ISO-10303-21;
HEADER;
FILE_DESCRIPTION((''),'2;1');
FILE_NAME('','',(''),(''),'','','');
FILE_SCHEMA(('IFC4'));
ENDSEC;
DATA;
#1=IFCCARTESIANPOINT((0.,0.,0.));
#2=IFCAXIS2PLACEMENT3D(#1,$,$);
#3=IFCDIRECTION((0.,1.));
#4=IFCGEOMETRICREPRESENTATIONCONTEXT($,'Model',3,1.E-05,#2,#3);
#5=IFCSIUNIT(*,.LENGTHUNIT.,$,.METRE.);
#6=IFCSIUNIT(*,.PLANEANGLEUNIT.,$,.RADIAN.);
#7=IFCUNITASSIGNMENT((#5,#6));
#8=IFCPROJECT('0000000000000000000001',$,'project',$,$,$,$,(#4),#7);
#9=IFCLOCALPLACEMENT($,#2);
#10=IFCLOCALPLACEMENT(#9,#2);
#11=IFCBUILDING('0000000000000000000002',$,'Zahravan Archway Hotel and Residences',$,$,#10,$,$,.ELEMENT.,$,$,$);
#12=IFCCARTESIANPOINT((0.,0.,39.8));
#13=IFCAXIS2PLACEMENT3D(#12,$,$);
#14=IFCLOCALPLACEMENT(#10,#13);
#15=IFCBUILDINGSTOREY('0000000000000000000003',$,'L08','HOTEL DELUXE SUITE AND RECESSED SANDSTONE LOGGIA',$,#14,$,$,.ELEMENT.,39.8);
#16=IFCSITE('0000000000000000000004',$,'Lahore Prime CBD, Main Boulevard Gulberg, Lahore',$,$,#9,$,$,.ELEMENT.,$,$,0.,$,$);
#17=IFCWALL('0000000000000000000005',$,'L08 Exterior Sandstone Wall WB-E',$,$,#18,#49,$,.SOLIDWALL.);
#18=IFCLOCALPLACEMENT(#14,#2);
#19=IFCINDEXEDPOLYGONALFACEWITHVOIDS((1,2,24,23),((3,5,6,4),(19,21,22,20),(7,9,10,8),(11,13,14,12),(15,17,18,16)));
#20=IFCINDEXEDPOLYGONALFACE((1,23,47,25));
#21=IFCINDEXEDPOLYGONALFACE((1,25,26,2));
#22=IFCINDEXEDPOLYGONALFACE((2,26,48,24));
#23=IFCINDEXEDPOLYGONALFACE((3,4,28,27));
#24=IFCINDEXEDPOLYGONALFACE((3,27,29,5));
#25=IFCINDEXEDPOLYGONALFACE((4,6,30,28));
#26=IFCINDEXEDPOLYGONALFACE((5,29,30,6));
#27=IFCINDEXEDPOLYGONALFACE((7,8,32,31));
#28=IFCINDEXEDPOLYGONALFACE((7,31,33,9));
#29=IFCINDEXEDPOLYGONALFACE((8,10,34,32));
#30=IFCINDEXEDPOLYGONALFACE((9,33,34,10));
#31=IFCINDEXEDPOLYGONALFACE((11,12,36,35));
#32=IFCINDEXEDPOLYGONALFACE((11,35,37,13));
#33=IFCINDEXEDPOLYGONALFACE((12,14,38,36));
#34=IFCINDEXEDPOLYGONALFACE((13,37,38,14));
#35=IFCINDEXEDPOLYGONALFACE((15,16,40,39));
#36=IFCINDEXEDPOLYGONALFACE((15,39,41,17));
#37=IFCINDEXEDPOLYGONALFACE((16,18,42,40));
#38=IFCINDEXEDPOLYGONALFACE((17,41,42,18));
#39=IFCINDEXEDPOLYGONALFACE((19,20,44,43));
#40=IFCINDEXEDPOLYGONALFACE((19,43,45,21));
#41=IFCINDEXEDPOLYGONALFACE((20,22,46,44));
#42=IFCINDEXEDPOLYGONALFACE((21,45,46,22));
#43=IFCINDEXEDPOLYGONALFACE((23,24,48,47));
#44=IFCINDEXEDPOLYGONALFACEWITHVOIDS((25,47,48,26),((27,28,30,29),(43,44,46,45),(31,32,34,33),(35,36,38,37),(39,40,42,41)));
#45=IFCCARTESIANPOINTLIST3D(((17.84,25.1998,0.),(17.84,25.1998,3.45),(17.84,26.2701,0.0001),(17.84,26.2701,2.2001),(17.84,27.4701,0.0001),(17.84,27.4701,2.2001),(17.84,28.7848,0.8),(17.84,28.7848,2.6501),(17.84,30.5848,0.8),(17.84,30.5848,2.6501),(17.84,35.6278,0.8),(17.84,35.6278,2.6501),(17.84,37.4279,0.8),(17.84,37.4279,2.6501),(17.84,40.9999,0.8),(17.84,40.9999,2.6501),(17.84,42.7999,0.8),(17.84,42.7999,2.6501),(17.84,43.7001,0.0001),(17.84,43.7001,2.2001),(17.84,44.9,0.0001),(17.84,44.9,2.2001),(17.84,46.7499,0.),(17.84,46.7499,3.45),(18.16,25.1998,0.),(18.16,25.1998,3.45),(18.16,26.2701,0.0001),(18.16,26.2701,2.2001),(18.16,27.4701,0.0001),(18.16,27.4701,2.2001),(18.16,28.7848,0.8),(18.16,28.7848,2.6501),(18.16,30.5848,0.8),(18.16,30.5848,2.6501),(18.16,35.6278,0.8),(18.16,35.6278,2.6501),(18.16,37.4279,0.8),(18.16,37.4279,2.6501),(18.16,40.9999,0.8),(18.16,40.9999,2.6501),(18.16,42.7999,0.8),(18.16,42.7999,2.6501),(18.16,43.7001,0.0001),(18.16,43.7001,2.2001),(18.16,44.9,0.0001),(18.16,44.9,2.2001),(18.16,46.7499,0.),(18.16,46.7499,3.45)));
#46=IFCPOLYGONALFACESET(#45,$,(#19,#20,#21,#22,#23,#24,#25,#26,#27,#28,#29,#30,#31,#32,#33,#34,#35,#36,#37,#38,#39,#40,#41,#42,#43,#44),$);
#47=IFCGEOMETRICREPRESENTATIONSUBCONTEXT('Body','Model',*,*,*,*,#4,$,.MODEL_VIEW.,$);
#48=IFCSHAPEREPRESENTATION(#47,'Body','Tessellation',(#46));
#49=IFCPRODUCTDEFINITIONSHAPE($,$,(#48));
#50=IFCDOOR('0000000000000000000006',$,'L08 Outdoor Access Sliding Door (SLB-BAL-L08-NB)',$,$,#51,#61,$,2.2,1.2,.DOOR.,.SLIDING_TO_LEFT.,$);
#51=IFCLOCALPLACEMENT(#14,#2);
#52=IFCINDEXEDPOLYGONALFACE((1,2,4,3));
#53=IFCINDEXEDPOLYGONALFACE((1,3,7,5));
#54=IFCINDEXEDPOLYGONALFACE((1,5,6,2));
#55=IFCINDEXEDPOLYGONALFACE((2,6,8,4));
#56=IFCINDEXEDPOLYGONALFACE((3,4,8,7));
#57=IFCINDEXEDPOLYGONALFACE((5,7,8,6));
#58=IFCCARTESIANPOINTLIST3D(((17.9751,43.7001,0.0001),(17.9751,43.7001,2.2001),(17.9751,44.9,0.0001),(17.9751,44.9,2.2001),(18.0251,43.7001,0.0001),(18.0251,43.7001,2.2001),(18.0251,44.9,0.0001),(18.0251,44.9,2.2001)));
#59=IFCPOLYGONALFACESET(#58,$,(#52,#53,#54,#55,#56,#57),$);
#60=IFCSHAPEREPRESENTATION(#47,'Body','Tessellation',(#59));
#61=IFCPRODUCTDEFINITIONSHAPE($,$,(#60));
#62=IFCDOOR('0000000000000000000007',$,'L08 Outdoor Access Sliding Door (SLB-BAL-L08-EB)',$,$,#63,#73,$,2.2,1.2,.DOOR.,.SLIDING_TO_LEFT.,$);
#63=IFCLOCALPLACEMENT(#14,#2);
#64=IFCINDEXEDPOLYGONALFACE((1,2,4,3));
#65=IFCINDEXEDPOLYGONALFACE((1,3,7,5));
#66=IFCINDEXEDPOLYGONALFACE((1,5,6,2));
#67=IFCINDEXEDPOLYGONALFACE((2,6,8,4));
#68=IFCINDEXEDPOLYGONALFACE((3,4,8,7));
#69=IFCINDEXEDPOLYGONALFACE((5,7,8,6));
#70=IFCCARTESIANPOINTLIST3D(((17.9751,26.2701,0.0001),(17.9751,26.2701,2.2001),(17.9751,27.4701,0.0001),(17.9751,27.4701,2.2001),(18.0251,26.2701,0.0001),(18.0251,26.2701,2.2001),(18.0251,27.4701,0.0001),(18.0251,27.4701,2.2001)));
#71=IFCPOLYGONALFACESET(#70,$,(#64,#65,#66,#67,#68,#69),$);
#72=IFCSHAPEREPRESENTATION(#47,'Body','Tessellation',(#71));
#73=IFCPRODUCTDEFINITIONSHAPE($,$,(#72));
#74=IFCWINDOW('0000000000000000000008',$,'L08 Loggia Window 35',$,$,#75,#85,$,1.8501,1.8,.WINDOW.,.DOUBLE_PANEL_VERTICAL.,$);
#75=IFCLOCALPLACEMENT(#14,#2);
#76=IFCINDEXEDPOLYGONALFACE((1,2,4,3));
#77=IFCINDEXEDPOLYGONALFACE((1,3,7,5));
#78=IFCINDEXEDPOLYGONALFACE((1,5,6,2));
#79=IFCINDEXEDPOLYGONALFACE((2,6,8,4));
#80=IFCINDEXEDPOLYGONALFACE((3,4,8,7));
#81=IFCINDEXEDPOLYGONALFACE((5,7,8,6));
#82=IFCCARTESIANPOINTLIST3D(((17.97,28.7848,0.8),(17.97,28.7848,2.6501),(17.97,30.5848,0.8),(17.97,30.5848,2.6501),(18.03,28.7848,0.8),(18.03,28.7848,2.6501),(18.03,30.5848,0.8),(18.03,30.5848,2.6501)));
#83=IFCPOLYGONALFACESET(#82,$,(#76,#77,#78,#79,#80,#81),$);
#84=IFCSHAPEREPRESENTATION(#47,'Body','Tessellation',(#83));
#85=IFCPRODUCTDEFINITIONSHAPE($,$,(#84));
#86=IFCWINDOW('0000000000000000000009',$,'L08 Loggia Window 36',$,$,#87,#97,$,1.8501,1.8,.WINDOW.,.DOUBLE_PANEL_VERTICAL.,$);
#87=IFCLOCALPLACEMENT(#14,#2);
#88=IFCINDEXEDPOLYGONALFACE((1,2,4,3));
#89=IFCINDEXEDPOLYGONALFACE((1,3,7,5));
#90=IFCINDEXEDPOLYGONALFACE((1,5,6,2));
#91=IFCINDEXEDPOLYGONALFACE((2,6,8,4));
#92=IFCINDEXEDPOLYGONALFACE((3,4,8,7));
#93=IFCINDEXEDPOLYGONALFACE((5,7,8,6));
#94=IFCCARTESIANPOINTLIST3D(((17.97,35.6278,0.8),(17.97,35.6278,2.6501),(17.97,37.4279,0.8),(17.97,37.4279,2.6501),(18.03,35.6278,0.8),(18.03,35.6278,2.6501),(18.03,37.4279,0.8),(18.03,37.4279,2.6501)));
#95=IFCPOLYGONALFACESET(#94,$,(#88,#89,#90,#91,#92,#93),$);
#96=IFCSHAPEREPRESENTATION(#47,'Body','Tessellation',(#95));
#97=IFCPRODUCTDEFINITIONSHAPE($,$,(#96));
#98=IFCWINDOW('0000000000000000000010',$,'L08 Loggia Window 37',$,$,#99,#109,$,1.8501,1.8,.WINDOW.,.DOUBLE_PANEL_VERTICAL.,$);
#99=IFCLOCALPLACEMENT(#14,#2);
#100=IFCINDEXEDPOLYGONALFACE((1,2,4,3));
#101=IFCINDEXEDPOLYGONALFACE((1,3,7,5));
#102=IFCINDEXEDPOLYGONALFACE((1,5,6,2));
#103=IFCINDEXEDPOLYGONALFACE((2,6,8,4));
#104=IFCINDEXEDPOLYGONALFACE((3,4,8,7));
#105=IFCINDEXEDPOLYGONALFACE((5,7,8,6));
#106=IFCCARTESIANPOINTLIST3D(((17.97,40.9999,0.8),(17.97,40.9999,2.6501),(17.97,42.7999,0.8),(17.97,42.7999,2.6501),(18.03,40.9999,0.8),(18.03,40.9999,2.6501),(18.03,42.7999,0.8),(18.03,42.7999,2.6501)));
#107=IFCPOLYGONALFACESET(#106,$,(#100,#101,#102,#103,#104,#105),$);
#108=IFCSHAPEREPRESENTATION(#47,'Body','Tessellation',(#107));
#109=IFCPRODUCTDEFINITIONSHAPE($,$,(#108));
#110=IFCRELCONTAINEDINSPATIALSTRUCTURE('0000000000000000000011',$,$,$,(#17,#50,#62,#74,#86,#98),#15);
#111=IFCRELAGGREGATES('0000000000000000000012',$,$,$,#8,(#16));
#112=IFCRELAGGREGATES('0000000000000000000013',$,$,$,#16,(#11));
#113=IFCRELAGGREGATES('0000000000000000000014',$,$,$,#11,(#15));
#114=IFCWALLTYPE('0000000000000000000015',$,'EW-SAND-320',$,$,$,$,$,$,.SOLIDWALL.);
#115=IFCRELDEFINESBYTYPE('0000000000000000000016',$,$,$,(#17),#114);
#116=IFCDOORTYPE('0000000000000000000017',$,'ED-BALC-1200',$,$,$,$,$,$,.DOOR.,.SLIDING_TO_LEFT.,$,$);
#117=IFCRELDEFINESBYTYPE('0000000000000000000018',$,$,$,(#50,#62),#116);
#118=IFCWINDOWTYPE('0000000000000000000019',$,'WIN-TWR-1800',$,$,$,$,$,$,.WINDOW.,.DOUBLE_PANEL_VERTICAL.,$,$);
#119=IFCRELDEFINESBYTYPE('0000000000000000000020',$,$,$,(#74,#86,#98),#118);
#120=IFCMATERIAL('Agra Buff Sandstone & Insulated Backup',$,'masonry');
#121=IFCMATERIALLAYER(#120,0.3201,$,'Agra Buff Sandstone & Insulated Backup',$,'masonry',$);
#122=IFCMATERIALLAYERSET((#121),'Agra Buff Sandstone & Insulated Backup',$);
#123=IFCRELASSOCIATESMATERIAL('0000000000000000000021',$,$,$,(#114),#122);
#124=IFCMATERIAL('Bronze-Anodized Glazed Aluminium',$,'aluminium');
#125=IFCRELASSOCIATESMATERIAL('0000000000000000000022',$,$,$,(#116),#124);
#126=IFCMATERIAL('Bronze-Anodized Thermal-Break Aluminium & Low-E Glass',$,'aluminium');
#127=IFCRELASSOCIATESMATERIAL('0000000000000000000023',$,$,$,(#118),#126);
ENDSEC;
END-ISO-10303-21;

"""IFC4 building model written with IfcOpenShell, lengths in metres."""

from ifc_helpers import new_model, si_unit, direction, frame, frame_2d, origin, place, context, subcontext, project, spatial, rectangle, extrude, source, transform, mapped, material, layer, layer_set, type_object, type_shapes, element, fill, save


model = new_model("IFC4")

# Units and contexts
model_context = context("Model", 3, precision=1e-05, world=origin(), true_north=direction((0.0, 1.0)))
body_context = subcontext(model_context, "Body", "Model", "MODEL_VIEW")
ifc_project = project(units=[si_unit("LENGTHUNIT", "METRE"), si_unit("PLANEANGLEUNIT", "RADIAN")], contexts=[model_context])

# Site, building, storey
site_placement = place(None, origin())
site = spatial("IfcSite", under=ifc_project, at=site_placement, Name="Lahore Prime CBD, Main Boulevard Gulberg, Lahore", CompositionType="ELEMENT", RefElevation=0.0)
building_placement = place(site_placement, origin())
building = spatial("IfcBuilding", under=site, at=building_placement, Name="Zahravan Archway Hotel and Residences", CompositionType="ELEMENT")
storey_placement = place(building_placement, frame((0.0, 0.0, 39.8)))
storey = spatial("IfcBuildingStorey", under=building, at=storey_placement, Name="L08", Description="HOTEL DELUXE SUITE AND RECESSED SANDSTONE LOGGIA", CompositionType="ELEMENT", Elevation=39.8)

# Wall, openings, doors, windows
ifc_material_1 = material(Name="Agra Buff Sandstone & Insulated Backup", Category="masonry")
ifc_layer_1 = layer(ifc_material_1, 0.3201, Name="Agra Buff Sandstone & Insulated Backup", Category="masonry")
ifc_layer_set_1 = layer_set([ifc_layer_1], Name="Agra Buff Sandstone & Insulated Backup")
wall_type_1 = type_object("IfcWallType", Name="EW-SAND-320", PredefinedType="SOLIDWALL", material=ifc_layer_set_1)
wall_1_placement = place(storey_placement, frame((18.0, 25.2, 0.0), z_axis=(0.0, 0.0, 1.0), x_axis=(0.0, 1.0, 0.0)))
wall_1 = element("IfcWall", 1, at=wall_1_placement, inside=storey, type_object=wall_type_1, Name="L08 Exterior Sandstone Wall WB-E", PredefinedType="SOLIDWALL", context=body_context, shape_type="SweptSolid", body=[
    extrude(rectangle(XDim=21.55, YDim=0.3201, at=frame_2d((10.7749, 0.0))), origin(), (0.0, 0.0, 1.0), 3.45),
])
opening_1_placement = place(wall_1_placement, frame((18.5, 0.0, 0.0)))
opening_1 = element("IfcOpeningElement", 2, at=opening_1_placement, cuts=wall_1, PredefinedType="OPENING", context=body_context, shape_type="SweptSolid", body=[
    extrude(rectangle(XDim=1.2, YDim=2.2, at=frame_2d((0.6001, 1.1001))), frame((0.0, 0.1699, 0.0), z_axis=(0.0, -1.0, 0.0), x_axis=(1.0, 0.0, 0.0)), (0.0, 0.0, 1.0), 0.3401),
])
opening_2_placement = place(wall_1_placement, frame((1.0701, 0.0, 0.0)))
opening_2 = element("IfcOpeningElement", 3, at=opening_2_placement, cuts=wall_1, PredefinedType="OPENING", context=body_context, shape_type="SweptSolid", body=[
    extrude(rectangle(XDim=1.2, YDim=2.2, at=frame_2d((0.6001, 1.1001))), frame((0.0, 0.1699, 0.0), z_axis=(0.0, -1.0, 0.0), x_axis=(1.0, 0.0, 0.0)), (0.0, 0.0, 1.0), 0.3401),
])
opening_3_placement = place(wall_1_placement, frame((3.585, 0.0, 0.8)))
opening_3 = element("IfcOpeningElement", 4, at=opening_3_placement, cuts=wall_1, PredefinedType="OPENING", context=body_context, shape_type="SweptSolid", body=[
    extrude(rectangle(XDim=1.8, YDim=1.8501, at=frame_2d((0.8999, 0.925))), frame((0.0, 0.1699, 0.0), z_axis=(0.0, -1.0, 0.0), x_axis=(1.0, 0.0, 0.0)), (0.0, 0.0, 1.0), 0.3401),
])
opening_4_placement = place(wall_1_placement, frame((10.428, 0.0, 0.8)))
opening_4 = element("IfcOpeningElement", 5, at=opening_4_placement, cuts=wall_1, PredefinedType="OPENING", context=body_context, shape_type="SweptSolid", body=[
    extrude(rectangle(XDim=1.8, YDim=1.8501, at=frame_2d((0.8999, 0.925))), frame((0.0, 0.1699, 0.0), z_axis=(0.0, -1.0, 0.0), x_axis=(1.0, 0.0, 0.0)), (0.0, 0.0, 1.0), 0.3401),
])
opening_5_placement = place(wall_1_placement, frame((15.8, 0.0, 0.8)))
opening_5 = element("IfcOpeningElement", 6, at=opening_5_placement, cuts=wall_1, PredefinedType="OPENING", context=body_context, shape_type="SweptSolid", body=[
    extrude(rectangle(XDim=1.8, YDim=1.8501, at=frame_2d((0.8999, 0.925))), frame((0.0, 0.1699, 0.0), z_axis=(0.0, -1.0, 0.0), x_axis=(1.0, 0.0, 0.0)), (0.0, 0.0, 1.0), 0.3401),
])
ifc_material_2 = material(Name="Bronze-Anodized Glazed Aluminium", Category="aluminium")
door_type_1 = type_object("IfcDoorType", Name="ED-BALC-1200", OperationType="SLIDING_TO_LEFT", PredefinedType="DOOR", material=ifc_material_2)
shared_shape_1 = source(origin(), body_context, "Body", "SweptSolid", [
    extrude(rectangle(XDim=1.2, YDim=2.2, at=frame_2d((0.6001, 1.1001))), frame((0.0, 0.0249, 0.0), z_axis=(0.0, -1.0, 0.0), x_axis=(1.0, 0.0, 0.0)), (0.0, 0.0, 1.0), 0.05),
])
type_shapes(door_type_1, [shared_shape_1])
door_1_placement = place(opening_1_placement, origin())
door_1 = element("IfcDoor", 7, at=door_1_placement, inside=storey, type_object=door_type_1, Name="L08 Outdoor Access Sliding Door (SLB-BAL-L08-NB)", OperationType="SLIDING_TO_LEFT", OverallHeight=2.2, OverallWidth=1.2, PredefinedType="DOOR", context=body_context, shape_type="MappedRepresentation", body=[
    mapped(shared_shape_1, transform((0.0, 0.0, 0.0), scale=1.0)),
])
fill(opening_1, door_1)
door_2_placement = place(opening_2_placement, origin())
door_2 = element("IfcDoor", 8, at=door_2_placement, inside=storey, type_object=door_type_1, Name="L08 Outdoor Access Sliding Door (SLB-BAL-L08-EB)", OperationType="SLIDING_TO_LEFT", OverallHeight=2.2, OverallWidth=1.2, PredefinedType="DOOR", context=body_context, shape_type="MappedRepresentation", body=[
    mapped(shared_shape_1, transform((0.0, 0.0, 0.0), scale=1.0)),
])
fill(opening_2, door_2)
ifc_material_3 = material(Name="Bronze-Anodized Thermal-Break Aluminium & Low-E Glass", Category="aluminium")
window_type = type_object("IfcWindowType", Name="WIN-TWR-1800", PartitioningType="DOUBLE_PANEL_VERTICAL", PredefinedType="WINDOW", material=ifc_material_3)
shared_shape_2 = source(origin(), body_context, "Body", "SweptSolid", [
    extrude(rectangle(XDim=1.8, YDim=1.8501, at=frame_2d((0.8999, 0.925))), frame((0.0, 0.03, 0.0), z_axis=(0.0, -1.0, 0.0), x_axis=(1.0, 0.0, 0.0)), (0.0, 0.0, 1.0), 0.0601),
])
type_shapes(window_type, [shared_shape_2])
window_1_placement = place(opening_3_placement, origin())
window_1 = element("IfcWindow", 9, at=window_1_placement, inside=storey, type_object=window_type, Name="L08 Loggia Window 35", OverallHeight=1.8501, OverallWidth=1.8, PartitioningType="DOUBLE_PANEL_VERTICAL", PredefinedType="WINDOW", context=body_context, shape_type="MappedRepresentation", body=[
    mapped(shared_shape_2, transform((0.0, 0.0, 0.0), scale=1.0)),
])
fill(opening_3, window_1)
window_2_placement = place(opening_4_placement, origin())
window_2 = element("IfcWindow", 10, at=window_2_placement, inside=storey, type_object=window_type, Name="L08 Loggia Window 36", OverallHeight=1.8501, OverallWidth=1.8, PartitioningType="DOUBLE_PANEL_VERTICAL", PredefinedType="WINDOW", context=body_context, shape_type="MappedRepresentation", body=[
    mapped(shared_shape_2, transform((0.0, 0.0, 0.0), scale=1.0)),
])
fill(opening_4, window_2)
window_3_placement = place(opening_5_placement, origin())
window_3 = element("IfcWindow", 11, at=window_3_placement, inside=storey, type_object=window_type, Name="L08 Loggia Window 37", OverallHeight=1.8501, OverallWidth=1.8, PartitioningType="DOUBLE_PANEL_VERTICAL", PredefinedType="WINDOW", context=body_context, shape_type="MappedRepresentation", body=[
    mapped(shared_shape_2, transform((0.0, 0.0, 0.0), scale=1.0)),
])
fill(opening_5, window_3)

save(model, "model.ifc")
